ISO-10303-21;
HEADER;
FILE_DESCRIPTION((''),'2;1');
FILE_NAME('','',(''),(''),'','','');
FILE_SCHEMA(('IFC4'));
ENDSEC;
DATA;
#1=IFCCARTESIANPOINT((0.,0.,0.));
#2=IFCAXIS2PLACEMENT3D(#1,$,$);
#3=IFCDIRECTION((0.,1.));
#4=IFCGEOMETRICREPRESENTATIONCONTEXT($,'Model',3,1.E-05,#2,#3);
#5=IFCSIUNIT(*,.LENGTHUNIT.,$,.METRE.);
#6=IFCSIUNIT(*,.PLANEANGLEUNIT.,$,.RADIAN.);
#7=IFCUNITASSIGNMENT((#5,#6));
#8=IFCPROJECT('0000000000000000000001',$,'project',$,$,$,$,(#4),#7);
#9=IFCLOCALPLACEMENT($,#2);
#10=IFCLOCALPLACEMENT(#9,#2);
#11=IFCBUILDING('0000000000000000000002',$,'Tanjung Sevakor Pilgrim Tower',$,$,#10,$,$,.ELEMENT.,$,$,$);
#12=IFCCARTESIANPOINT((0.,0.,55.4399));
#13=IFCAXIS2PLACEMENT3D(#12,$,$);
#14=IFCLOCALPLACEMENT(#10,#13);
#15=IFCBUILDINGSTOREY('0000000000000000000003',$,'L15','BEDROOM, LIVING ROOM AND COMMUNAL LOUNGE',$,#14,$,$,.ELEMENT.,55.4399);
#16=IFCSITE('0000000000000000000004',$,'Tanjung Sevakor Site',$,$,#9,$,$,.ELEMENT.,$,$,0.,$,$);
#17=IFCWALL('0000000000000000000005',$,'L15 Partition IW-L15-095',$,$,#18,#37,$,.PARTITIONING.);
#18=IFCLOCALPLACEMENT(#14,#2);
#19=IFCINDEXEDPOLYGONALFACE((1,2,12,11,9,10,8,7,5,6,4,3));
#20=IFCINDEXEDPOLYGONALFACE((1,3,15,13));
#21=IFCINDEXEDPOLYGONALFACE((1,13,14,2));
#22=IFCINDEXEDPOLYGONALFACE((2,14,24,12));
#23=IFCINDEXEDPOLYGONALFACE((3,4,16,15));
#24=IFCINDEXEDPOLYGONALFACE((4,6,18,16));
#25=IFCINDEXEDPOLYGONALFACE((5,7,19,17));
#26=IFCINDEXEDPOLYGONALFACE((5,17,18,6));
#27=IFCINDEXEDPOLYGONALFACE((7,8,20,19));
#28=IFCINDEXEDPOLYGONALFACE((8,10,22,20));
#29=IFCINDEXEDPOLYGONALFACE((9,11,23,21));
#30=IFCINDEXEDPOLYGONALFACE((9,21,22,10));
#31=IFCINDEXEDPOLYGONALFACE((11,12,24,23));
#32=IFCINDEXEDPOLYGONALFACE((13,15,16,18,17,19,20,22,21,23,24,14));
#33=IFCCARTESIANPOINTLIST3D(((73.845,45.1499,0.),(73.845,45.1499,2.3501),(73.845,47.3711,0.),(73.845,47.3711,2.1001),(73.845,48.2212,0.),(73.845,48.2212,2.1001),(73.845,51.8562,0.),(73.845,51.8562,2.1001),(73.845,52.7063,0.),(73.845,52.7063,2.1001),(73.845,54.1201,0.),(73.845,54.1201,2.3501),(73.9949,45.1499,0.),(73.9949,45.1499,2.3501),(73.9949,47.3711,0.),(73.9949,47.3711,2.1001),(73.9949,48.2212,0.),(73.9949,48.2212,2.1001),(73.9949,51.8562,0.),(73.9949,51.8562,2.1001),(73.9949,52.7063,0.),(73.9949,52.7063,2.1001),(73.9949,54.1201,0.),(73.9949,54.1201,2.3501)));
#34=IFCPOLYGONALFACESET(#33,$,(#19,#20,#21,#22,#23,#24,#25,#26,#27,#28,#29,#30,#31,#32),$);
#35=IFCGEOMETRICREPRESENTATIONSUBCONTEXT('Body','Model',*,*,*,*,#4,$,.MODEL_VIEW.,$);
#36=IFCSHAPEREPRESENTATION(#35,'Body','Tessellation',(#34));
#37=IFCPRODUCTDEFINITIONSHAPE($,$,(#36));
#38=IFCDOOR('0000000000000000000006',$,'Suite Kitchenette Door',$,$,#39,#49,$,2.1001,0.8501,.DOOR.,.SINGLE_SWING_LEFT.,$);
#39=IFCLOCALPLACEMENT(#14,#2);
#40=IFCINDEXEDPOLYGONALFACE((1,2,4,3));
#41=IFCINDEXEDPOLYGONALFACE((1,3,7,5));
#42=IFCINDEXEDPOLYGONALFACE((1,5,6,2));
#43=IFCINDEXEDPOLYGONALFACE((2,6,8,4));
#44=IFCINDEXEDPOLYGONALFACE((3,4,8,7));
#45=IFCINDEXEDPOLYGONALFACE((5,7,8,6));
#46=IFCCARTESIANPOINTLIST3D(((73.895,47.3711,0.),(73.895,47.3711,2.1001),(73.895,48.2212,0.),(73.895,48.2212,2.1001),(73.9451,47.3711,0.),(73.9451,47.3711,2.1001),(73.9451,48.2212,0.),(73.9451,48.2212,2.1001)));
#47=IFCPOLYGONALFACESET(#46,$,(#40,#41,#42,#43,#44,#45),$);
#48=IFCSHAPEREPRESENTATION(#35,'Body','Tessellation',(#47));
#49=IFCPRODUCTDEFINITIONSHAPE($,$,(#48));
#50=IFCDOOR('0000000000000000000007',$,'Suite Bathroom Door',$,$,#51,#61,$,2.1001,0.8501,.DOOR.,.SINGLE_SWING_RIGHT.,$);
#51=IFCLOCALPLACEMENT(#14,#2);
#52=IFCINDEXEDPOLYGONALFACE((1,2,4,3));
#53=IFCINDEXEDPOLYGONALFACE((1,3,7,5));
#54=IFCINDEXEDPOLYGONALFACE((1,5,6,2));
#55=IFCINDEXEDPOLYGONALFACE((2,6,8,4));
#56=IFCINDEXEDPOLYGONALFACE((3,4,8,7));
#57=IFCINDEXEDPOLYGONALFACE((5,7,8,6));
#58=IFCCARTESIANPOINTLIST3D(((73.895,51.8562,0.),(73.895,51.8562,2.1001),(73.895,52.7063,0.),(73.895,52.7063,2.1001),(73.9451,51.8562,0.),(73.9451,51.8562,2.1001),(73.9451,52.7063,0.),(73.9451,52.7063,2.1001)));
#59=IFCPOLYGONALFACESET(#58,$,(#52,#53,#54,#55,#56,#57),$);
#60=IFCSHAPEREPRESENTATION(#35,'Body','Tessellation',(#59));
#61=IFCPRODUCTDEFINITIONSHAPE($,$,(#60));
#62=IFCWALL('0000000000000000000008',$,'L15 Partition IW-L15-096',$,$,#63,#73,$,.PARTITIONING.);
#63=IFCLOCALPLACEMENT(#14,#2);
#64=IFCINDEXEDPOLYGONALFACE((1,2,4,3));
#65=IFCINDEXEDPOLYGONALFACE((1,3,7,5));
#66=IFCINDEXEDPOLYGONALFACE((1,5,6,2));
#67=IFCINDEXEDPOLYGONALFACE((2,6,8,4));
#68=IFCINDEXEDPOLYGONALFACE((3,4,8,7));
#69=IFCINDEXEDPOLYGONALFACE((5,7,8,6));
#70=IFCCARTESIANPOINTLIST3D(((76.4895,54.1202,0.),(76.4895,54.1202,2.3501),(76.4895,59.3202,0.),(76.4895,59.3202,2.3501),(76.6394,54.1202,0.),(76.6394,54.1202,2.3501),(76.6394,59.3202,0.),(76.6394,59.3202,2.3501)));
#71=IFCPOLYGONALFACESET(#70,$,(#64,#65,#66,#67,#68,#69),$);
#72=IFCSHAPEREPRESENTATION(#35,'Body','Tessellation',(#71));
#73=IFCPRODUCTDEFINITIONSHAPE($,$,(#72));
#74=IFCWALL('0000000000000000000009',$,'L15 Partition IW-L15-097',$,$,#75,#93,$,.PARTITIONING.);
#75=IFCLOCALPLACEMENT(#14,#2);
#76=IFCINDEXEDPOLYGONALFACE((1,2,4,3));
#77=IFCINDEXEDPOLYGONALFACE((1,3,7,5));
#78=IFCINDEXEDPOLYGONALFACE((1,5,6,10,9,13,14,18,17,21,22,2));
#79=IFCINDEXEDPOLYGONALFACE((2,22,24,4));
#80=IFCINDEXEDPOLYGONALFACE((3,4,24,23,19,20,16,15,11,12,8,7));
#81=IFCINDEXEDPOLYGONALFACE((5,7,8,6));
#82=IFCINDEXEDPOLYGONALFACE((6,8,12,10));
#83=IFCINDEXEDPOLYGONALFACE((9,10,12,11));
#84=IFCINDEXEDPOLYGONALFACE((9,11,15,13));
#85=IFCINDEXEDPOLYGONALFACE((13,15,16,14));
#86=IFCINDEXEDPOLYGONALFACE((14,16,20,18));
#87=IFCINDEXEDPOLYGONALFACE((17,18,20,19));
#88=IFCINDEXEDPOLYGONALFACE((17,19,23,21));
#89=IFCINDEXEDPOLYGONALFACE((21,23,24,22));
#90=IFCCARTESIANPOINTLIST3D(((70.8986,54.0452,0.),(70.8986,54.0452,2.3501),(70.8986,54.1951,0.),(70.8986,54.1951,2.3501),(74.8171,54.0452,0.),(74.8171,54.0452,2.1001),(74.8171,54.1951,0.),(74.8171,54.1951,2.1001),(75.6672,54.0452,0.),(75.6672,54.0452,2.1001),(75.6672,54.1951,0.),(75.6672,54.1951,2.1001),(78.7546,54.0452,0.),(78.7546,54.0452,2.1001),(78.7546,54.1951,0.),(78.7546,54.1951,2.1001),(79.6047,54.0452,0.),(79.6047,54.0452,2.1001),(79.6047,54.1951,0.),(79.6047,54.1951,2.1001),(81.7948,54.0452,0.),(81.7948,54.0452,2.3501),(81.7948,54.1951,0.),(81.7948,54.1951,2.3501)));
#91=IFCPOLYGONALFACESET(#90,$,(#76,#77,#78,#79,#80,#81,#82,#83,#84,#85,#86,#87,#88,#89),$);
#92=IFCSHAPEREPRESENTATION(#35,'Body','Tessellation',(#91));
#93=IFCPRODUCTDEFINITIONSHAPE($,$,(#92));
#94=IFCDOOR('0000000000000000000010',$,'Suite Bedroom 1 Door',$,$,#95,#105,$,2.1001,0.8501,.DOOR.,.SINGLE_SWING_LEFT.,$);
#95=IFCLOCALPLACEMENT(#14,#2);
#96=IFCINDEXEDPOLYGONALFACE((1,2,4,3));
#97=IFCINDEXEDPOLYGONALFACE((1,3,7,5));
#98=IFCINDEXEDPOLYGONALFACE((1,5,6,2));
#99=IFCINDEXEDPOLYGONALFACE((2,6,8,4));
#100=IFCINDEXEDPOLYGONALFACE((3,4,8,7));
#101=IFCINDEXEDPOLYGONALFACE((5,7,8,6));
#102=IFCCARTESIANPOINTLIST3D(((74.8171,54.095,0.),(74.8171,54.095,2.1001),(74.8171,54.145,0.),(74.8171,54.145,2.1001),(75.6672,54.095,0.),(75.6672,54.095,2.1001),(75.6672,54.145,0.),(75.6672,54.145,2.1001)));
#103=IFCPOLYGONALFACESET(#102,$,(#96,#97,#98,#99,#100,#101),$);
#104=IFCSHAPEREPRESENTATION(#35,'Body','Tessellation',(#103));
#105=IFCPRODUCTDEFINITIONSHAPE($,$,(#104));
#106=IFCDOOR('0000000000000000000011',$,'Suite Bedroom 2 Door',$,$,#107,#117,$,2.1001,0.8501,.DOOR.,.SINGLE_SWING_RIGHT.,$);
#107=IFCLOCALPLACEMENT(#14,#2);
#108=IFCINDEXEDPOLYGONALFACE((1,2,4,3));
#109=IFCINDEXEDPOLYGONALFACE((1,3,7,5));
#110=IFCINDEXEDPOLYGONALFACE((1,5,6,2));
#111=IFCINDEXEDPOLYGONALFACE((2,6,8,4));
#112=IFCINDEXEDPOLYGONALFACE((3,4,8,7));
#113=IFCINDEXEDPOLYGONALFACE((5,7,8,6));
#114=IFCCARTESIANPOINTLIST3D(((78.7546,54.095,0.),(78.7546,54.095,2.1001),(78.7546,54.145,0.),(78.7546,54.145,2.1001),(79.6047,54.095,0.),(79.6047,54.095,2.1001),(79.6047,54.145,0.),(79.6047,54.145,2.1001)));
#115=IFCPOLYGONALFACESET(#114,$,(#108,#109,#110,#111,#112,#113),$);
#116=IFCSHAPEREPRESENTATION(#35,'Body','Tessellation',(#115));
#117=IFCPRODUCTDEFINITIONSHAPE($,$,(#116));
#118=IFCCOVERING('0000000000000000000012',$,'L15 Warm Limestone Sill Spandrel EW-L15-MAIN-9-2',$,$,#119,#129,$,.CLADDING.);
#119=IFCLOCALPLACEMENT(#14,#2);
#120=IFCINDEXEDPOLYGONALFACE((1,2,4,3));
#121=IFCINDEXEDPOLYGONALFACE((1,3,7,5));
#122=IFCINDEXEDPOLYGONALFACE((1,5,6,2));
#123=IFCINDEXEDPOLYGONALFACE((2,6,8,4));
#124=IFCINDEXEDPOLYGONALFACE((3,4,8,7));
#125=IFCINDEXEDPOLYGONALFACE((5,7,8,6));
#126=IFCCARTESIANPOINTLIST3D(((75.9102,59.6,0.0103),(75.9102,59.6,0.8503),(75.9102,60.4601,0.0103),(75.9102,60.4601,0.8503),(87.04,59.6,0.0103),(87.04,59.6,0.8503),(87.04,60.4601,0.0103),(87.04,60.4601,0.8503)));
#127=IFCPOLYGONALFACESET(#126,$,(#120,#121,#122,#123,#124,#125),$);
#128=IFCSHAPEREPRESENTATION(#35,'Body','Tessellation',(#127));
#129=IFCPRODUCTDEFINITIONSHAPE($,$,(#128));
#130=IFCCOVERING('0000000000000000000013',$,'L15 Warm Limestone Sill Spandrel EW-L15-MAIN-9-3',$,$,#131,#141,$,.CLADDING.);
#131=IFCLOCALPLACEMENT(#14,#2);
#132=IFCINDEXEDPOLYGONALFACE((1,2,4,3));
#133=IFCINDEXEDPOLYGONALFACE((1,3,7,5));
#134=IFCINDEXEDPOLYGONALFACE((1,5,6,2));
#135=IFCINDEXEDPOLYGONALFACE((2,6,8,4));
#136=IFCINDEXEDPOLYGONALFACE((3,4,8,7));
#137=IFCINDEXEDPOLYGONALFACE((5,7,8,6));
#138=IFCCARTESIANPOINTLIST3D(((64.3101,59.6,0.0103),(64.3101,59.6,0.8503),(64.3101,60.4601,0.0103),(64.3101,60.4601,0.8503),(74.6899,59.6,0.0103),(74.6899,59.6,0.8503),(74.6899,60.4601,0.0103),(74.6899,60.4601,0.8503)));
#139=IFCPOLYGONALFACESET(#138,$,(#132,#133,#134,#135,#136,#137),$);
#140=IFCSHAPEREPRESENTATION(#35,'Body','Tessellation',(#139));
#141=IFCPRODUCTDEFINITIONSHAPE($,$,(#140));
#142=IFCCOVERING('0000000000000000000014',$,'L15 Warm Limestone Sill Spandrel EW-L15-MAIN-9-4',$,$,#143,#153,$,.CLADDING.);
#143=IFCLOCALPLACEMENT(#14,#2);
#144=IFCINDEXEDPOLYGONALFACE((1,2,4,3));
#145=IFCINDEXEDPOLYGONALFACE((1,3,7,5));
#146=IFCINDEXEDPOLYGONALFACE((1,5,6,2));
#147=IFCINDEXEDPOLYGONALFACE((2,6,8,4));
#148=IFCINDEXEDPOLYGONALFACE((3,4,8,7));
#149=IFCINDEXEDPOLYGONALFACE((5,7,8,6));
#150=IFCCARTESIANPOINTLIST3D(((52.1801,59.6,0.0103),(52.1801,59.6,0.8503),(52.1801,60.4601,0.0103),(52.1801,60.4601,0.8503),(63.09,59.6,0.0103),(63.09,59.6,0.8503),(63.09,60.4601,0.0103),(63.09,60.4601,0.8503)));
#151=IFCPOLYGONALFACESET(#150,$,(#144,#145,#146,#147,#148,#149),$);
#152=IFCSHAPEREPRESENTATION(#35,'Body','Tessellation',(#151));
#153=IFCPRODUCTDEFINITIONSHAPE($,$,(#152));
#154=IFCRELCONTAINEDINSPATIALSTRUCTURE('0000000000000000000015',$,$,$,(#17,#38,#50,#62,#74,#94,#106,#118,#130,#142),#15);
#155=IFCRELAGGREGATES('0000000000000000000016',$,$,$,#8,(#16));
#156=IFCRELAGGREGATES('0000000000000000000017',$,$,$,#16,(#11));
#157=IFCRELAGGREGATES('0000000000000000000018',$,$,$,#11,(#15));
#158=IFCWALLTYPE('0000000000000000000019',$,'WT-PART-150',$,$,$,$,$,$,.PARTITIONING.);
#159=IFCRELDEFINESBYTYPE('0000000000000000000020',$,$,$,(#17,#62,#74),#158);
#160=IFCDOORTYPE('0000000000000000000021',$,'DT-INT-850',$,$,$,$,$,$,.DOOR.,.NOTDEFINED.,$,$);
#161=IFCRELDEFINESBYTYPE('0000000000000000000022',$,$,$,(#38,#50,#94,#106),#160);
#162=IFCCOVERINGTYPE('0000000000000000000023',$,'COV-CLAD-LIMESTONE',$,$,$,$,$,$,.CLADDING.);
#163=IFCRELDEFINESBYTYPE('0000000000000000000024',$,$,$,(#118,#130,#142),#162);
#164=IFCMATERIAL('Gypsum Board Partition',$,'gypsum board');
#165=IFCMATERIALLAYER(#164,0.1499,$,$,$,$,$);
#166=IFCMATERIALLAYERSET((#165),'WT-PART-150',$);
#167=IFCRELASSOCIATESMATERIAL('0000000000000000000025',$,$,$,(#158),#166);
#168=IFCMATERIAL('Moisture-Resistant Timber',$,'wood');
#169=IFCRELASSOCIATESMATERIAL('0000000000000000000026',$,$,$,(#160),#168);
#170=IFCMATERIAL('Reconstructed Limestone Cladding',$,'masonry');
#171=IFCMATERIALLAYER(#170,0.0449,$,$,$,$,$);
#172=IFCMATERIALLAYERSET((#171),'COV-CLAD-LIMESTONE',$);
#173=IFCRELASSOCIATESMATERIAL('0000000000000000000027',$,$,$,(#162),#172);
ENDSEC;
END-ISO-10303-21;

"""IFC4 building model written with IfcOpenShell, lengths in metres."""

from ifc_helpers import new_model, si_unit, direction, frame, frame_2d, origin, origin_2d, place, context, subcontext, project, spatial, rectangle, extrude, material, layer, layer_set, type_object, element, fill, save


model = new_model("IFC4")

# Units and contexts
model_context = context("Model", 3, precision=1e-05, world=origin(), true_north=direction((0.0, 1.0)))
body_context = subcontext(model_context, "Body", "Model", "MODEL_VIEW")
ifc_project = project(units=[si_unit("LENGTHUNIT", "METRE"), si_unit("PLANEANGLEUNIT", "RADIAN")], contexts=[model_context])

# Site, building, storey
site_placement = place(None, origin())
site = spatial("IfcSite", under=ifc_project, at=site_placement, Name="Tanjung Sevakor Site", CompositionType="ELEMENT", RefElevation=0.0)
building_placement = place(site_placement, origin())
building = spatial("IfcBuilding", under=site, at=building_placement, Name="Tanjung Sevakor Pilgrim Tower", CompositionType="ELEMENT")
storey_placement = place(building_placement, frame((0.0, 0.0, 55.4399)))
storey = spatial("IfcBuildingStorey", under=building, at=storey_placement, Name="L15", Description="BEDROOM, LIVING ROOM AND COMMUNAL LOUNGE", CompositionType="ELEMENT", Elevation=55.4399)

# Shared definitions
ifc_material_1 = material(Name="Gypsum Board Partition", Category="gypsum board")
ifc_layer_1 = layer(ifc_material_1, 0.1499)
ifc_layer_set_1 = layer_set([ifc_layer_1], Name="WT-PART-150")
wall_type_1 = type_object("IfcWallType", Name="WT-PART-150", PredefinedType="PARTITIONING", material=ifc_layer_set_1)

# Wall, openings, doors
wall_1_placement = place(storey_placement, frame((73.9199, 45.1499, 0.0), z_axis=(0.0, 0.0, 1.0), x_axis=(0.0, 1.0, 0.0)))
wall_1 = element("IfcWall", 1, at=wall_1_placement, inside=storey, type_object=wall_type_1, Name="L15 Partition IW-L15-095", PredefinedType="PARTITIONING", context=body_context, shape_type="SweptSolid", body=[
    extrude(rectangle(XDim=8.9702, YDim=0.1499, at=frame_2d((4.4851, 0.0))), origin(), (0.0, 0.0, 1.0), 2.3501),
])
opening_1_placement = place(wall_1_placement, frame((2.2212, 0.0, 0.0)))
opening_1 = element("IfcOpeningElement", 2, at=opening_1_placement, cuts=wall_1, PredefinedType="OPENING", context=body_context, shape_type="SweptSolid", body=[
    extrude(rectangle(XDim=0.8501, YDim=2.1001, at=frame_2d((0.425, 1.05))), frame((0.0, 0.085, 0.0), z_axis=(0.0, -1.0, 0.0), x_axis=(1.0, 0.0, 0.0)), (0.0, 0.0, 1.0), 0.1699),
])
opening_2_placement = place(wall_1_placement, frame((6.7063, 0.0, 0.0)))
opening_2 = element("IfcOpeningElement", 3, at=opening_2_placement, cuts=wall_1, PredefinedType="OPENING", context=body_context, shape_type="SweptSolid", body=[
    extrude(rectangle(XDim=0.8501, YDim=2.1001, at=frame_2d((0.425, 1.05))), frame((0.0, 0.085, 0.0), z_axis=(0.0, -1.0, 0.0), x_axis=(1.0, 0.0, 0.0)), (0.0, 0.0, 1.0), 0.1699),
])
ifc_material_2 = material(Name="Moisture-Resistant Timber", Category="wood")
door_type_1 = type_object("IfcDoorType", Name="DT-INT-850", OperationType="NOTDEFINED", PredefinedType="DOOR", material=ifc_material_2)
door_1_placement = place(opening_1_placement, origin())
door_1 = element("IfcDoor", 4, at=door_1_placement, inside=storey, type_object=door_type_1, Name="Suite Kitchenette Door", OperationType="SINGLE_SWING_LEFT", OverallHeight=2.1001, OverallWidth=0.8501, PredefinedType="DOOR", context=body_context, shape_type="SweptSolid", body=[
    extrude(rectangle(XDim=0.8501, YDim=2.1001, at=frame_2d((0.425, 1.05))), frame((0.0, 0.0249, 0.0), z_axis=(0.0, -1.0, 0.0), x_axis=(1.0, 0.0, 0.0)), (0.0, 0.0, 1.0), 0.05),
])
fill(opening_1, door_1)
door_2_placement = place(opening_2_placement, origin())
door_2 = element("IfcDoor", 5, at=door_2_placement, inside=storey, type_object=door_type_1, Name="Suite Bathroom Door", OperationType="SINGLE_SWING_RIGHT", OverallHeight=2.1001, OverallWidth=0.8501, PredefinedType="DOOR", context=body_context, shape_type="SweptSolid", body=[
    extrude(rectangle(XDim=0.8501, YDim=2.1001, at=frame_2d((0.425, 1.05))), frame((0.0, 0.0249, 0.0), z_axis=(0.0, -1.0, 0.0), x_axis=(1.0, 0.0, 0.0)), (0.0, 0.0, 1.0), 0.05),
])
fill(opening_2, door_2)

# Wall
wall_2_placement = place(storey_placement, frame((76.5645, 54.1201, 0.0), z_axis=(0.0, 0.0, 1.0), x_axis=(0.0, 1.0, 0.0)))
element("IfcWall", 6, at=wall_2_placement, inside=storey, type_object=wall_type_1, Name="L15 Partition IW-L15-096", PredefinedType="PARTITIONING", context=body_context, shape_type="SweptSolid", body=[
    extrude(rectangle(XDim=5.2, YDim=0.1499, at=frame_2d((2.6001, 0.0))), origin(), (0.0, 0.0, 1.0), 2.3501),
])

# Wall, openings, doors
wall_3_placement = place(storey_placement, frame((70.8984, 54.1201, 0.0), z_axis=(0.0, 0.0, 1.0), x_axis=(1.0, 0.0, 0.0)))
wall_3 = element("IfcWall", 7, at=wall_3_placement, inside=storey, type_object=wall_type_1, Name="L15 Partition IW-L15-097", PredefinedType="PARTITIONING", context=body_context, shape_type="SweptSolid", body=[
    extrude(rectangle(XDim=10.8962, YDim=0.1499, at=frame_2d((5.4482, 0.0))), origin(), (0.0, 0.0, 1.0), 2.3501),
])
opening_3_placement = place(wall_3_placement, frame((3.9187, 0.0, 0.0)))
opening_3 = element("IfcOpeningElement", 8, at=opening_3_placement, cuts=wall_3, PredefinedType="OPENING", context=body_context, shape_type="SweptSolid", body=[
    extrude(rectangle(XDim=0.8501, YDim=2.1001, at=frame_2d((0.425, 1.05))), frame((0.0, 0.085, 0.0), z_axis=(0.0, -1.0, 0.0), x_axis=(1.0, 0.0, 0.0)), (0.0, 0.0, 1.0), 0.1699),
])
opening_4_placement = place(wall_3_placement, frame((7.8562, 0.0, 0.0)))
opening_4 = element("IfcOpeningElement", 9, at=opening_4_placement, cuts=wall_3, PredefinedType="OPENING", context=body_context, shape_type="SweptSolid", body=[
    extrude(rectangle(XDim=0.8501, YDim=2.1001, at=frame_2d((0.425, 1.05))), frame((0.0, 0.085, 0.0), z_axis=(0.0, -1.0, 0.0), x_axis=(1.0, 0.0, 0.0)), (0.0, 0.0, 1.0), 0.1699),
])
door_3_placement = place(opening_3_placement, origin())
door_3 = element("IfcDoor", 10, at=door_3_placement, inside=storey, type_object=door_type_1, Name="Suite Bedroom 1 Door", OperationType="SINGLE_SWING_LEFT", OverallHeight=2.1001, OverallWidth=0.8501, PredefinedType="DOOR", context=body_context, shape_type="SweptSolid", body=[
    extrude(rectangle(XDim=0.8501, YDim=2.1001, at=frame_2d((0.425, 1.05))), frame((0.0, 0.0249, 0.0), z_axis=(0.0, -1.0, 0.0), x_axis=(1.0, 0.0, 0.0)), (0.0, 0.0, 1.0), 0.05),
])
fill(opening_3, door_3)
door_4_placement = place(opening_4_placement, origin())
door_4 = element("IfcDoor", 11, at=door_4_placement, inside=storey, type_object=door_type_1, Name="Suite Bedroom 2 Door", OperationType="SINGLE_SWING_RIGHT", OverallHeight=2.1001, OverallWidth=0.8501, PredefinedType="DOOR", context=body_context, shape_type="SweptSolid", body=[
    extrude(rectangle(XDim=0.8501, YDim=2.1001, at=frame_2d((0.425, 1.05))), frame((0.0, 0.0249, 0.0), z_axis=(0.0, -1.0, 0.0), x_axis=(1.0, 0.0, 0.0)), (0.0, 0.0, 1.0), 0.05),
])
fill(opening_4, door_4)

# Coverings
ifc_material_3 = material(Name="Reconstructed Limestone Cladding", Category="masonry")
ifc_layer_2 = layer(ifc_material_3, 0.0449)
ifc_layer_set_2 = layer_set([ifc_layer_2], Name="COV-CLAD-LIMESTONE")
covering_type = type_object("IfcCoveringType", Name="COV-CLAD-LIMESTONE", PredefinedType="CLADDING", material=ifc_layer_set_2)
covering_1_placement = place(storey_placement, frame((81.4751, 60.03, 0.0103), z_axis=(0.0, 0.0, 1.0), x_axis=(-1.0, 0.0, 0.0)))
element("IfcCovering", 12, at=covering_1_placement, inside=storey, type_object=covering_type, Name="L15 Warm Limestone Sill Spandrel EW-L15-MAIN-9-2", PredefinedType="CLADDING", context=body_context, shape_type="SweptSolid", body=[
    extrude(rectangle(XDim=11.1299, YDim=0.8601, at=origin_2d()), origin(), (0.0, 0.0, 1.0), 0.8401),
])
covering_2_placement = place(storey_placement, frame((69.5, 60.03, 0.0103), z_axis=(0.0, 0.0, 1.0), x_axis=(-1.0, 0.0, 0.0)))
element("IfcCovering", 13, at=covering_2_placement, inside=storey, type_object=covering_type, Name="L15 Warm Limestone Sill Spandrel EW-L15-MAIN-9-3", PredefinedType="CLADDING", context=body_context, shape_type="SweptSolid", body=[
    extrude(rectangle(XDim=10.3799, YDim=0.8601, at=origin_2d()), origin(), (0.0, 0.0, 1.0), 0.8401),
])
covering_3_placement = place(storey_placement, frame((57.635, 60.03, 0.0103), z_axis=(0.0, 0.0, 1.0), x_axis=(-1.0, 0.0, 0.0)))
element("IfcCovering", 14, at=covering_3_placement, inside=storey, type_object=covering_type, Name="L15 Warm Limestone Sill Spandrel EW-L15-MAIN-9-4", PredefinedType="CLADDING", context=body_context, shape_type="SweptSolid", body=[
    extrude(rectangle(XDim=10.9099, YDim=0.8601, at=origin_2d()), origin(), (0.0, 0.0, 1.0), 0.8401),
])

save(model, "model.ifc")
